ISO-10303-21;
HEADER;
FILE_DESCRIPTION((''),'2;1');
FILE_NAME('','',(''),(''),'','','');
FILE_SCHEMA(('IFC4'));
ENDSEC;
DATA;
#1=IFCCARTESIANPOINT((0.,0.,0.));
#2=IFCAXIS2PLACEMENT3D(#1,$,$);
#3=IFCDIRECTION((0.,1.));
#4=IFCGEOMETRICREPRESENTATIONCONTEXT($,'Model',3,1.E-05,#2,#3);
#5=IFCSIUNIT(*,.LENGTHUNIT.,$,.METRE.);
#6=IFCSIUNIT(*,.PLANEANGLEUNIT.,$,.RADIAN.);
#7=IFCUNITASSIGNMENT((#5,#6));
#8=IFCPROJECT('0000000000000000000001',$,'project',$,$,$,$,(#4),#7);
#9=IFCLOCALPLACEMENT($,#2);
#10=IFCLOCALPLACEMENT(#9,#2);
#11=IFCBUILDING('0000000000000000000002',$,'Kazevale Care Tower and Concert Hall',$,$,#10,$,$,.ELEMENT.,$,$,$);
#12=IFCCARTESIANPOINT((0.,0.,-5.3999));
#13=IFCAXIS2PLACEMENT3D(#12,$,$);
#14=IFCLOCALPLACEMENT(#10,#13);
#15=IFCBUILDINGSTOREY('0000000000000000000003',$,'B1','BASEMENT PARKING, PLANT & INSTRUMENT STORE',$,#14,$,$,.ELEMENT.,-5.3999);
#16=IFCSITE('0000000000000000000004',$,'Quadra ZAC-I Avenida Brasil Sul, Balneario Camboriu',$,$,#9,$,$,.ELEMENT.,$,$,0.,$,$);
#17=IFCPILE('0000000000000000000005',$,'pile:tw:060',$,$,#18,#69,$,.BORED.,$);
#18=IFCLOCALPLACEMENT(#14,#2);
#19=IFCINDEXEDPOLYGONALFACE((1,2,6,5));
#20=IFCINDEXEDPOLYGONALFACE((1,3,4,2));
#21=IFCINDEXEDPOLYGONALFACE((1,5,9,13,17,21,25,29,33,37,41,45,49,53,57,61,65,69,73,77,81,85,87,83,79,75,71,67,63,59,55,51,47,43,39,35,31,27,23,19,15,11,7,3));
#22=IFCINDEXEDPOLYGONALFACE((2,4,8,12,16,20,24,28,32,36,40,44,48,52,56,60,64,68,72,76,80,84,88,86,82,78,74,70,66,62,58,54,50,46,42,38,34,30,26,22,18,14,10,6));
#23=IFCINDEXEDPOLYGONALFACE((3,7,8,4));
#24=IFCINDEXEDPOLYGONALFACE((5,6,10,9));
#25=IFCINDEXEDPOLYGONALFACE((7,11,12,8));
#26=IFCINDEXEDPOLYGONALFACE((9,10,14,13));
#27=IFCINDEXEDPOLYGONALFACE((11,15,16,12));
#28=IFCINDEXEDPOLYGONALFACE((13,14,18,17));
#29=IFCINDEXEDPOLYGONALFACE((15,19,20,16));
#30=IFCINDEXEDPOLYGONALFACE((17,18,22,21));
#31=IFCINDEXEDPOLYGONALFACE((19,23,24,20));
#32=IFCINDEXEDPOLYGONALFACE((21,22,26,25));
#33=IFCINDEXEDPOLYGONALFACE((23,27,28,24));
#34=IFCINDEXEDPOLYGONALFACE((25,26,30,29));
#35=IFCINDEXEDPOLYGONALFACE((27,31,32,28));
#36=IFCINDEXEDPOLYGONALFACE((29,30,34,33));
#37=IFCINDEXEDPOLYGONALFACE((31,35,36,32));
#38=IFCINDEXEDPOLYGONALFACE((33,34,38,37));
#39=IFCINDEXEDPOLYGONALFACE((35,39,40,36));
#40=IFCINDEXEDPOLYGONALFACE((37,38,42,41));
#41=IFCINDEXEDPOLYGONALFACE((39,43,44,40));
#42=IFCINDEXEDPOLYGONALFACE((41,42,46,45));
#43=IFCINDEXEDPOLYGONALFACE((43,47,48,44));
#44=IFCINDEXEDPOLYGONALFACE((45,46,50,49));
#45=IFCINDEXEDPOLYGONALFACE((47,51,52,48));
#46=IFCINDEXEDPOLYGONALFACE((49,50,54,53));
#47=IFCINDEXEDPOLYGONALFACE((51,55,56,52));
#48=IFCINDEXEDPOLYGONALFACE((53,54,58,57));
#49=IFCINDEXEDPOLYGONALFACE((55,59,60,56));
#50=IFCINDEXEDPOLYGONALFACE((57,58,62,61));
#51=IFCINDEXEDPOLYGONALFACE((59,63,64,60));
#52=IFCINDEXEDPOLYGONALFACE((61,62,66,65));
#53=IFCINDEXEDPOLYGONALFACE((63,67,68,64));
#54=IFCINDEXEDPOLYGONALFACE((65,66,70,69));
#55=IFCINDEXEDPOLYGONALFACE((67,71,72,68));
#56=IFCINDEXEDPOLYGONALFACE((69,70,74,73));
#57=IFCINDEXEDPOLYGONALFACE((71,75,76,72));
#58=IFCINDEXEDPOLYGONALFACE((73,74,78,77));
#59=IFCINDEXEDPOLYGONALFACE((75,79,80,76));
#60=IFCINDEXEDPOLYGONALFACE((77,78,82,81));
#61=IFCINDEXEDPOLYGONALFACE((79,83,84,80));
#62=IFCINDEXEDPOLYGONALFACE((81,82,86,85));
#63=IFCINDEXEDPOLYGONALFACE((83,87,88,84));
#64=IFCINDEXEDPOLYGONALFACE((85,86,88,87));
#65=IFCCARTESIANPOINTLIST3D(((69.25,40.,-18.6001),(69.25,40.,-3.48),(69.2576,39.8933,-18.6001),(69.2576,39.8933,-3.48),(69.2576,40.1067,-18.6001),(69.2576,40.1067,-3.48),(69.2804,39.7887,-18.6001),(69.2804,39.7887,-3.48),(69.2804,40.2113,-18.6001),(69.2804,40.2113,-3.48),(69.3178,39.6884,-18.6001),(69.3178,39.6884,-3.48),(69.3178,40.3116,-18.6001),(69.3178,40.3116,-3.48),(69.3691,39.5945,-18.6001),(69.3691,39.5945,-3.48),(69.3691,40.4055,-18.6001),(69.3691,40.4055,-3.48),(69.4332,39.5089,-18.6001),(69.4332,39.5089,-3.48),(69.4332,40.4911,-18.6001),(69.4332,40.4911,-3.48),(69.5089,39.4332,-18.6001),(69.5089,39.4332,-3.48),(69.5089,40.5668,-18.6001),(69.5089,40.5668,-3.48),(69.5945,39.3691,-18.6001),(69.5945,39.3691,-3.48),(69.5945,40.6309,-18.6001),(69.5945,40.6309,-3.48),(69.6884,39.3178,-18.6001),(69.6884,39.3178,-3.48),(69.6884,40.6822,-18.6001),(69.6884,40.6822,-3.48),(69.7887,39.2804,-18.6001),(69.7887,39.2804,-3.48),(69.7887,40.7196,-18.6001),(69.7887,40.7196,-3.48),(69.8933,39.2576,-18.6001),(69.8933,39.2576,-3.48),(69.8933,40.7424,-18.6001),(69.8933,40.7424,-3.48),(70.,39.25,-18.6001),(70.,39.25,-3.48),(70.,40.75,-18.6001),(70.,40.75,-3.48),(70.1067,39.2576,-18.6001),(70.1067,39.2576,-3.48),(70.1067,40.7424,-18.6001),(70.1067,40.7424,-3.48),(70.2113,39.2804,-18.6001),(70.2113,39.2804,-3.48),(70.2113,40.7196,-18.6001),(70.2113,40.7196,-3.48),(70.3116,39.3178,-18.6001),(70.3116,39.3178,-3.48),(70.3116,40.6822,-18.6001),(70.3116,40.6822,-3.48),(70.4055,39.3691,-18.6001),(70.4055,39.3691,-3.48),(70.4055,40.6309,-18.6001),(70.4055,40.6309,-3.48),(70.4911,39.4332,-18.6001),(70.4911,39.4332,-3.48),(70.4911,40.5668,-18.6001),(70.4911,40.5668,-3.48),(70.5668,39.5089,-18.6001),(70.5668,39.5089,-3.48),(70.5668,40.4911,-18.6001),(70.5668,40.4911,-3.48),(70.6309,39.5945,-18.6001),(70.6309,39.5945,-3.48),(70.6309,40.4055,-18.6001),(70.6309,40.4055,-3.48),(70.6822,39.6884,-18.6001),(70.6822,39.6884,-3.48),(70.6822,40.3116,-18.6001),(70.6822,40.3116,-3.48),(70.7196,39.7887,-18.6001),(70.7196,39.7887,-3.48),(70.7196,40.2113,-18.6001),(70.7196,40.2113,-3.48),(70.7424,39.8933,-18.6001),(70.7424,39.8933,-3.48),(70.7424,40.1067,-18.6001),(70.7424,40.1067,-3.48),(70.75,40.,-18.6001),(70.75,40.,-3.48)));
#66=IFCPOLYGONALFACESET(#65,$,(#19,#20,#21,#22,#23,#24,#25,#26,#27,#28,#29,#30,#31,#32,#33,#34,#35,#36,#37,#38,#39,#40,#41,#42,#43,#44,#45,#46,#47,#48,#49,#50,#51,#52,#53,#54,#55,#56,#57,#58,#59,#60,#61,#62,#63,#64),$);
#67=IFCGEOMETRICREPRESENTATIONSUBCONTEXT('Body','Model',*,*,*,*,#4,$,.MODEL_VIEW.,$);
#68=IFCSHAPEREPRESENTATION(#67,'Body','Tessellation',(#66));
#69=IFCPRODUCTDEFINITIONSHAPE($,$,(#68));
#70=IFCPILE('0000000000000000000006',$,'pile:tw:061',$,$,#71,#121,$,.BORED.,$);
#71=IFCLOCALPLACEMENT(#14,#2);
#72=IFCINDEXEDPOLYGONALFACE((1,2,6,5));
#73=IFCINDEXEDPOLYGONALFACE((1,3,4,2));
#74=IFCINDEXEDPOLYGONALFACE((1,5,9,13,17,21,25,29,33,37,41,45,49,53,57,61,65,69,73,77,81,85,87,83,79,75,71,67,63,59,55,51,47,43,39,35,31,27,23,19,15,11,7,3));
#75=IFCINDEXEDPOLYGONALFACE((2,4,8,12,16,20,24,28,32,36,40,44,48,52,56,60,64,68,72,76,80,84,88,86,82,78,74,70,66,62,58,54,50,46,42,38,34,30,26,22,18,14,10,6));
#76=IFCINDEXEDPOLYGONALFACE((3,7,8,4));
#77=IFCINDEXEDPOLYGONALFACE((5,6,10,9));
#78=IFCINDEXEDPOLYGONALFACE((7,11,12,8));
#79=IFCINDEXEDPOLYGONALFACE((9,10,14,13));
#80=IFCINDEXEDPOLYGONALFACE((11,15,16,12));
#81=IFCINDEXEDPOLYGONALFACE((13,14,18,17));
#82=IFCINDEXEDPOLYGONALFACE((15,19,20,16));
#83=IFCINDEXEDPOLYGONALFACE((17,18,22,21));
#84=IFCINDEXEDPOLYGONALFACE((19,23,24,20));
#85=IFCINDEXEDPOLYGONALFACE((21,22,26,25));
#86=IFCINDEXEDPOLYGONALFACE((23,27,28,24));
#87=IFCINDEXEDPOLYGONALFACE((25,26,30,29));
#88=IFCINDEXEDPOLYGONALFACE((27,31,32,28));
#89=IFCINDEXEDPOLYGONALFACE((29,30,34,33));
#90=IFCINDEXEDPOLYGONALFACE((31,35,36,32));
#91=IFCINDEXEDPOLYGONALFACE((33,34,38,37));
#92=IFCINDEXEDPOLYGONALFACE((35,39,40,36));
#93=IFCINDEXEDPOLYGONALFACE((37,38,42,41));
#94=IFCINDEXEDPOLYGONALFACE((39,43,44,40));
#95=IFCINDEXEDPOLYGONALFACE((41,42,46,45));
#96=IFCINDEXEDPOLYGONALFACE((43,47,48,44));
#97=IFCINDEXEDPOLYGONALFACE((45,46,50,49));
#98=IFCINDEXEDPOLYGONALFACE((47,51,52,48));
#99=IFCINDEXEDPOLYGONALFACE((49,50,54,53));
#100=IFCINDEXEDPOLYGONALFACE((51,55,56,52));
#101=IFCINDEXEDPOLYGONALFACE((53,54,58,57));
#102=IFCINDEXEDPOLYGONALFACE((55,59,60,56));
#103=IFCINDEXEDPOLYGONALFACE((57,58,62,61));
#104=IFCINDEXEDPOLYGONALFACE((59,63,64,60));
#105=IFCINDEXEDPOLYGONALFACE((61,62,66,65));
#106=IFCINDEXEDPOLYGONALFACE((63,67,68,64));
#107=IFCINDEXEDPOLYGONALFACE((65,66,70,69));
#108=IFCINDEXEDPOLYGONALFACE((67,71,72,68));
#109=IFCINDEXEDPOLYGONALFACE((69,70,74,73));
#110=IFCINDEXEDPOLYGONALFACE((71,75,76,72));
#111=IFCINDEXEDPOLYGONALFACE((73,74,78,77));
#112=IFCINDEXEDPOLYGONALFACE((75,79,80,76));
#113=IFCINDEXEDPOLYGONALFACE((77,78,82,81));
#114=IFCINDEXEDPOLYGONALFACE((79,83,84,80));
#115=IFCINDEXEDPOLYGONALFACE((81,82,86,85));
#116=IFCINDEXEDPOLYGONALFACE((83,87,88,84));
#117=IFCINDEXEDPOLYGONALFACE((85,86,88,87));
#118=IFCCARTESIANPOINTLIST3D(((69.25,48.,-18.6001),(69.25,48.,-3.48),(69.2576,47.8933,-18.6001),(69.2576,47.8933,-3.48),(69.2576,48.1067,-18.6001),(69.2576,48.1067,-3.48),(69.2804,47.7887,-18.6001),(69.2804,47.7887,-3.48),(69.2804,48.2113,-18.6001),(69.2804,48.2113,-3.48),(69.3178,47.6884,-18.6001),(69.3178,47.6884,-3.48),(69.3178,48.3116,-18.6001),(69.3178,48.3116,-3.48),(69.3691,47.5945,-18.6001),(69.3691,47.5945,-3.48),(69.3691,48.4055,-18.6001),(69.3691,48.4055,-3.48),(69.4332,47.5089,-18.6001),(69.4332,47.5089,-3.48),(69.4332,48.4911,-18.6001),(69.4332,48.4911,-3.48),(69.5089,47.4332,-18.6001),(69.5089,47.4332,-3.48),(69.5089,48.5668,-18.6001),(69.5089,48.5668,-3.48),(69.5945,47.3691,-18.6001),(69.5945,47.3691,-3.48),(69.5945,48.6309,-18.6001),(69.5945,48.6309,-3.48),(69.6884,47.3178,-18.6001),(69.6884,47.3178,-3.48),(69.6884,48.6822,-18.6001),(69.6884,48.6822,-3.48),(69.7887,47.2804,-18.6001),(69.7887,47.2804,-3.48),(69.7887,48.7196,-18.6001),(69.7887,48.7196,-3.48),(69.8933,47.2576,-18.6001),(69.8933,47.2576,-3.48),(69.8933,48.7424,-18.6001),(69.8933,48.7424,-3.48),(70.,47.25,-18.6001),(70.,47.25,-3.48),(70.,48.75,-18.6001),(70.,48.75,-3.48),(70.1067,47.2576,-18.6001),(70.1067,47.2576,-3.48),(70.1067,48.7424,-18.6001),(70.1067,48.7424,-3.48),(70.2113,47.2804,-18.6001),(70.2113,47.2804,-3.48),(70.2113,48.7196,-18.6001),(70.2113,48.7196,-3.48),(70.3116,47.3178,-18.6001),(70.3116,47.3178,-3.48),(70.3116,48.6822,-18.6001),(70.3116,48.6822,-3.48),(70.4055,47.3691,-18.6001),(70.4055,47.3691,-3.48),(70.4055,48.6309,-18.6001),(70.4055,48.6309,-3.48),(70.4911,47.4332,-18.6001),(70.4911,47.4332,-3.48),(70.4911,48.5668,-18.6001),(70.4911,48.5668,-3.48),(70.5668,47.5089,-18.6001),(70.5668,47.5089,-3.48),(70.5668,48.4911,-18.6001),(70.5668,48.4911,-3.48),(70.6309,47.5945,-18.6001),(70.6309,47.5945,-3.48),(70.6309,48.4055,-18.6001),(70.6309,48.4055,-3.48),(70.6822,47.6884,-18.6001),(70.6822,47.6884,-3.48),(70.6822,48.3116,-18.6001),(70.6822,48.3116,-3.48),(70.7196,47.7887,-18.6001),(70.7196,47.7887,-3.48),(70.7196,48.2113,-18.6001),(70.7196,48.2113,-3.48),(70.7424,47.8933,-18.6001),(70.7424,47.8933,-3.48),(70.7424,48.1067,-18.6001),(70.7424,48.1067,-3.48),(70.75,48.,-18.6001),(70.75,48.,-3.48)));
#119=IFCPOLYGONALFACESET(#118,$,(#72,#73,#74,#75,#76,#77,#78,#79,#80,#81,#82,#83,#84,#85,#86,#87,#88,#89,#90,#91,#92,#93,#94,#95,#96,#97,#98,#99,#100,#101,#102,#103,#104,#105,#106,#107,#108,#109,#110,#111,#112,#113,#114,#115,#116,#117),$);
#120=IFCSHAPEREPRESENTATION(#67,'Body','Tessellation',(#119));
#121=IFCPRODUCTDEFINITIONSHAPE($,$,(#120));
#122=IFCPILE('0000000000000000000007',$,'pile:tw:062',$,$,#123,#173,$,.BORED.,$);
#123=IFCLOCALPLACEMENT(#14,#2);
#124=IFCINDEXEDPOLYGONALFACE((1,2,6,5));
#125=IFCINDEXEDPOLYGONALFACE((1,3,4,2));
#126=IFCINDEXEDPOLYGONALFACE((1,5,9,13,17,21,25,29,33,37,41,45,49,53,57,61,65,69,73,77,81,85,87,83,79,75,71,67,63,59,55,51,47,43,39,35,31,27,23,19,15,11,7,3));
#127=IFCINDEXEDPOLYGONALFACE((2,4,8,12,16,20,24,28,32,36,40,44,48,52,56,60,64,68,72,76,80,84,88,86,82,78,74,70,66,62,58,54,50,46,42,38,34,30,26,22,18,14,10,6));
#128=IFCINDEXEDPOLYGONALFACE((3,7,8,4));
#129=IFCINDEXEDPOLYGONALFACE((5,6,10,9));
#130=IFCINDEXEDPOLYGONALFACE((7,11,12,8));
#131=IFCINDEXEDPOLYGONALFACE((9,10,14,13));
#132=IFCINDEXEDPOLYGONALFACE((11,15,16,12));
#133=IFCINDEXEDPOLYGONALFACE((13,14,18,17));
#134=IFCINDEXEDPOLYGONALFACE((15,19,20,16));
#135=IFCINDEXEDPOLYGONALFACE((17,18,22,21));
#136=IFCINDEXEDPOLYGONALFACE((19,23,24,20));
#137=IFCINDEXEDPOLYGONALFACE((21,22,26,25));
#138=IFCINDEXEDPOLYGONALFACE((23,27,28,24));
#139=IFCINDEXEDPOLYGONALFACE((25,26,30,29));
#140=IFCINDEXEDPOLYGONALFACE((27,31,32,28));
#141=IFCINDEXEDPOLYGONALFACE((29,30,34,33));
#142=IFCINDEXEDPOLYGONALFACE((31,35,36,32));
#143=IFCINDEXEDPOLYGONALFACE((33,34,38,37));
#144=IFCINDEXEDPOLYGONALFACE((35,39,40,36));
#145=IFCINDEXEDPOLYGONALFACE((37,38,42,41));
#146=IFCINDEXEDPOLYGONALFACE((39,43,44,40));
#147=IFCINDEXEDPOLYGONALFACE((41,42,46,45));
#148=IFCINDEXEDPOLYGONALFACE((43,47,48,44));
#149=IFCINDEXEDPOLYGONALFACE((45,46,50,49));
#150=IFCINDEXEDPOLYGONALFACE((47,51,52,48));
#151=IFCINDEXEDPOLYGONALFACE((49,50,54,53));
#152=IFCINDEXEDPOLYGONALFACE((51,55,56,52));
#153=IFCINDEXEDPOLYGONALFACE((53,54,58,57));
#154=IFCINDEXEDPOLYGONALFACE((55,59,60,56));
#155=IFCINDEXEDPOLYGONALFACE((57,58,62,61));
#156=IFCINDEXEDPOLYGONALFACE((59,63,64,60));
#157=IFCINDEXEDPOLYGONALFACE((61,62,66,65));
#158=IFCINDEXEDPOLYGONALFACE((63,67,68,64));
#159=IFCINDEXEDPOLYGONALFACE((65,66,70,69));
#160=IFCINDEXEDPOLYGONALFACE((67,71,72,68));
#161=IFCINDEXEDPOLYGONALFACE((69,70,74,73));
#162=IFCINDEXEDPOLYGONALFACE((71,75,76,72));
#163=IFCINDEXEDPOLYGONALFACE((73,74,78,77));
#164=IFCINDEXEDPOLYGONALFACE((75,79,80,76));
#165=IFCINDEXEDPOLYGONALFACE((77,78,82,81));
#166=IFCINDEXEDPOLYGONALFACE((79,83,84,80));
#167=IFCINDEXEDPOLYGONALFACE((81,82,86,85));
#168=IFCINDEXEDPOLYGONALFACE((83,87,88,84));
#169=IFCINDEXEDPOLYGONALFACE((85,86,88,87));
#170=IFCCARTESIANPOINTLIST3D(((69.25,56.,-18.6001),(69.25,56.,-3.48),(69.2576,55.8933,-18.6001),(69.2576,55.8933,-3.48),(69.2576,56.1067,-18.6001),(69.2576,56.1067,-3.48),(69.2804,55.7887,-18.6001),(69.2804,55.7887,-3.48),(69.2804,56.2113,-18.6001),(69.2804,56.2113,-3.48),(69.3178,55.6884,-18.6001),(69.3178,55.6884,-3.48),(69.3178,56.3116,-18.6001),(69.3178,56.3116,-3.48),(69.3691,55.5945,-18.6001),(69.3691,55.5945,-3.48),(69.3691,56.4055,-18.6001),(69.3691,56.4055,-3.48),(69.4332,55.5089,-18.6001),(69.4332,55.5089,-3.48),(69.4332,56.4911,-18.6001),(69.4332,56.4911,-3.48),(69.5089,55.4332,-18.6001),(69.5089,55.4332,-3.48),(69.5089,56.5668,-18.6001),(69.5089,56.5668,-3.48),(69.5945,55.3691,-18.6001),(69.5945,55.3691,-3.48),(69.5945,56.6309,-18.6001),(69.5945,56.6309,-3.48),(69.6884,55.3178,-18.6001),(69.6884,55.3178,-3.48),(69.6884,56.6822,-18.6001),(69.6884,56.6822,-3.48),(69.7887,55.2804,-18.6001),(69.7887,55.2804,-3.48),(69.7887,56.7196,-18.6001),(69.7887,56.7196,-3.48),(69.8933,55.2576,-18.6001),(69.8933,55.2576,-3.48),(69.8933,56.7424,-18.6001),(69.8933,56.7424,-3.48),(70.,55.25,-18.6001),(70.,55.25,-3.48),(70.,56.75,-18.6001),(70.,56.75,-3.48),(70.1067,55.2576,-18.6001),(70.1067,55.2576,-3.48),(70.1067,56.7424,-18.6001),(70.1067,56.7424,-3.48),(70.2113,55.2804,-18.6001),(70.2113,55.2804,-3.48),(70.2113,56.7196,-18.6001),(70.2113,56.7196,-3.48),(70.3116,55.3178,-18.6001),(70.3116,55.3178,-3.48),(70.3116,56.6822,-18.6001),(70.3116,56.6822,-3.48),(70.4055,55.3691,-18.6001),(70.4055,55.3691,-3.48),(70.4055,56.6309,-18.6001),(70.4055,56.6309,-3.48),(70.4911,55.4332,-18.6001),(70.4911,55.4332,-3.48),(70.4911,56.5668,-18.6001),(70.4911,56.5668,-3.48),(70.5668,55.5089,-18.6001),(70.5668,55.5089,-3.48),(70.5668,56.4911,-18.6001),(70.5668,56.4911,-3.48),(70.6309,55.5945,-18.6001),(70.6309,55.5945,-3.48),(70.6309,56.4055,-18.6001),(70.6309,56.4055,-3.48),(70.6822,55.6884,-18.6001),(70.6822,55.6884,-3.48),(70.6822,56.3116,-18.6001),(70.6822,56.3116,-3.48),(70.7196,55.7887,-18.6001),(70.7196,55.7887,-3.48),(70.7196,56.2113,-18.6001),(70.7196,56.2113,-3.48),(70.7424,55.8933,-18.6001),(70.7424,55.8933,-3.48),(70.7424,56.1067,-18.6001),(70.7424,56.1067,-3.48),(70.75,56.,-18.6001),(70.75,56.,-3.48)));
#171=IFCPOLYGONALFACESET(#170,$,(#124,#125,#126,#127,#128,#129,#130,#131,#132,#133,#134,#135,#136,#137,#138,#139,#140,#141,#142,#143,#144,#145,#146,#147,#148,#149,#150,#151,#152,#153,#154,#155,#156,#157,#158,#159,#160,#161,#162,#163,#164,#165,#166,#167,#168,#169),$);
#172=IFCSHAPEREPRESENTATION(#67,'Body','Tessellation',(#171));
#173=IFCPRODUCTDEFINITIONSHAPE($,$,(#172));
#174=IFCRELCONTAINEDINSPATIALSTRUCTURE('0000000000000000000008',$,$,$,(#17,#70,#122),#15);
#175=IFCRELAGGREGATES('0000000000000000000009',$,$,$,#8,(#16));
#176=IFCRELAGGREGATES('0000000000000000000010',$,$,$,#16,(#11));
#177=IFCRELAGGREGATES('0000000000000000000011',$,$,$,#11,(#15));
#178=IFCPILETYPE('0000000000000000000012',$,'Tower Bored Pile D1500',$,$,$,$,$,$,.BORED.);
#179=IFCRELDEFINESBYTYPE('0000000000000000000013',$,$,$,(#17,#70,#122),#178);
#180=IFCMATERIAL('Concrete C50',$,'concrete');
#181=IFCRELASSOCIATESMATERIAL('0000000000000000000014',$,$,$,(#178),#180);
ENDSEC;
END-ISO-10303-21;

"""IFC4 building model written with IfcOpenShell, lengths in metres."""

from ifc_helpers import new_model, si_unit, direction, frame, origin, origin_2d, place, context, subcontext, project, spatial, circle, extrude, material, material_profile, profile_set, type_object, element, save


model = new_model("IFC4")

# Units and contexts
model_context = context("Model", 3, precision=1e-05, world=origin(), true_north=direction((0.0, 1.0)))
body_context = subcontext(model_context, "Body", "Model", "MODEL_VIEW")
ifc_project = project(units=[si_unit("LENGTHUNIT", "METRE"), si_unit("PLANEANGLEUNIT", "RADIAN")], contexts=[model_context])

# Site, building, storey
site_placement = place(None, origin())
site = spatial("IfcSite", under=ifc_project, at=site_placement, Name="Quadra ZAC-I Avenida Brasil Sul, Balneario Camboriu", CompositionType="ELEMENT", RefElevation=0.0)
building_placement = place(site_placement, origin())
building = spatial("IfcBuilding", under=site, at=building_placement, Name="Kazevale Care Tower and Concert Hall", CompositionType="ELEMENT")
storey_placement = place(building_placement, frame((0.0, 0.0, -5.3999)))
storey = spatial("IfcBuildingStorey", under=building, at=storey_placement, Name="B1", Description="BASEMENT PARKING, PLANT & INSTRUMENT STORE", CompositionType="ELEMENT", Elevation=-5.3999)

# Shared definitions
ifc_material_1 = material(Name="Concrete C50", Category="concrete")

# Piles
ifc_material_profile_1 = material_profile(ifc_material_1, circle(Radius=0.75, at=origin_2d()), Name="PILE-D1500")
ifc_profile_set_1 = profile_set([ifc_material_profile_1], Name="Concrete C50")
pile_type = type_object("IfcPileType", Name="Tower Bored Pile D1500", PredefinedType="BORED", material=ifc_profile_set_1)
for number, where, z_axis, x_axis, name in (
    (1, (70.0, 40.0, -3.48), (0.0, 0.0, -1.0), (1.0, 0.0, 0.0), "pile:tw:060"),
    (2, (70.0, 48.0, -3.48), (0.0, 0.0, -1.0), (1.0, 0.0, 0.0), "pile:tw:061"),
    (3, (70.0, 56.0, -3.48), (0.0, 0.0, -1.0), (1.0, 0.0, 0.0), "pile:tw:062"),
):
    element("IfcPile", number, at=place(storey_placement, frame(where, z_axis=z_axis, x_axis=x_axis)), inside=storey, type_object=pile_type, Name=name, PredefinedType="BORED", context=body_context, shape_type="SweptSolid", body=[
        extrude(circle(Radius=0.75, at=origin_2d()), origin(), (0.0, 0.0, 1.0), 15.1201),
    ])

save(model, "model.ifc")
